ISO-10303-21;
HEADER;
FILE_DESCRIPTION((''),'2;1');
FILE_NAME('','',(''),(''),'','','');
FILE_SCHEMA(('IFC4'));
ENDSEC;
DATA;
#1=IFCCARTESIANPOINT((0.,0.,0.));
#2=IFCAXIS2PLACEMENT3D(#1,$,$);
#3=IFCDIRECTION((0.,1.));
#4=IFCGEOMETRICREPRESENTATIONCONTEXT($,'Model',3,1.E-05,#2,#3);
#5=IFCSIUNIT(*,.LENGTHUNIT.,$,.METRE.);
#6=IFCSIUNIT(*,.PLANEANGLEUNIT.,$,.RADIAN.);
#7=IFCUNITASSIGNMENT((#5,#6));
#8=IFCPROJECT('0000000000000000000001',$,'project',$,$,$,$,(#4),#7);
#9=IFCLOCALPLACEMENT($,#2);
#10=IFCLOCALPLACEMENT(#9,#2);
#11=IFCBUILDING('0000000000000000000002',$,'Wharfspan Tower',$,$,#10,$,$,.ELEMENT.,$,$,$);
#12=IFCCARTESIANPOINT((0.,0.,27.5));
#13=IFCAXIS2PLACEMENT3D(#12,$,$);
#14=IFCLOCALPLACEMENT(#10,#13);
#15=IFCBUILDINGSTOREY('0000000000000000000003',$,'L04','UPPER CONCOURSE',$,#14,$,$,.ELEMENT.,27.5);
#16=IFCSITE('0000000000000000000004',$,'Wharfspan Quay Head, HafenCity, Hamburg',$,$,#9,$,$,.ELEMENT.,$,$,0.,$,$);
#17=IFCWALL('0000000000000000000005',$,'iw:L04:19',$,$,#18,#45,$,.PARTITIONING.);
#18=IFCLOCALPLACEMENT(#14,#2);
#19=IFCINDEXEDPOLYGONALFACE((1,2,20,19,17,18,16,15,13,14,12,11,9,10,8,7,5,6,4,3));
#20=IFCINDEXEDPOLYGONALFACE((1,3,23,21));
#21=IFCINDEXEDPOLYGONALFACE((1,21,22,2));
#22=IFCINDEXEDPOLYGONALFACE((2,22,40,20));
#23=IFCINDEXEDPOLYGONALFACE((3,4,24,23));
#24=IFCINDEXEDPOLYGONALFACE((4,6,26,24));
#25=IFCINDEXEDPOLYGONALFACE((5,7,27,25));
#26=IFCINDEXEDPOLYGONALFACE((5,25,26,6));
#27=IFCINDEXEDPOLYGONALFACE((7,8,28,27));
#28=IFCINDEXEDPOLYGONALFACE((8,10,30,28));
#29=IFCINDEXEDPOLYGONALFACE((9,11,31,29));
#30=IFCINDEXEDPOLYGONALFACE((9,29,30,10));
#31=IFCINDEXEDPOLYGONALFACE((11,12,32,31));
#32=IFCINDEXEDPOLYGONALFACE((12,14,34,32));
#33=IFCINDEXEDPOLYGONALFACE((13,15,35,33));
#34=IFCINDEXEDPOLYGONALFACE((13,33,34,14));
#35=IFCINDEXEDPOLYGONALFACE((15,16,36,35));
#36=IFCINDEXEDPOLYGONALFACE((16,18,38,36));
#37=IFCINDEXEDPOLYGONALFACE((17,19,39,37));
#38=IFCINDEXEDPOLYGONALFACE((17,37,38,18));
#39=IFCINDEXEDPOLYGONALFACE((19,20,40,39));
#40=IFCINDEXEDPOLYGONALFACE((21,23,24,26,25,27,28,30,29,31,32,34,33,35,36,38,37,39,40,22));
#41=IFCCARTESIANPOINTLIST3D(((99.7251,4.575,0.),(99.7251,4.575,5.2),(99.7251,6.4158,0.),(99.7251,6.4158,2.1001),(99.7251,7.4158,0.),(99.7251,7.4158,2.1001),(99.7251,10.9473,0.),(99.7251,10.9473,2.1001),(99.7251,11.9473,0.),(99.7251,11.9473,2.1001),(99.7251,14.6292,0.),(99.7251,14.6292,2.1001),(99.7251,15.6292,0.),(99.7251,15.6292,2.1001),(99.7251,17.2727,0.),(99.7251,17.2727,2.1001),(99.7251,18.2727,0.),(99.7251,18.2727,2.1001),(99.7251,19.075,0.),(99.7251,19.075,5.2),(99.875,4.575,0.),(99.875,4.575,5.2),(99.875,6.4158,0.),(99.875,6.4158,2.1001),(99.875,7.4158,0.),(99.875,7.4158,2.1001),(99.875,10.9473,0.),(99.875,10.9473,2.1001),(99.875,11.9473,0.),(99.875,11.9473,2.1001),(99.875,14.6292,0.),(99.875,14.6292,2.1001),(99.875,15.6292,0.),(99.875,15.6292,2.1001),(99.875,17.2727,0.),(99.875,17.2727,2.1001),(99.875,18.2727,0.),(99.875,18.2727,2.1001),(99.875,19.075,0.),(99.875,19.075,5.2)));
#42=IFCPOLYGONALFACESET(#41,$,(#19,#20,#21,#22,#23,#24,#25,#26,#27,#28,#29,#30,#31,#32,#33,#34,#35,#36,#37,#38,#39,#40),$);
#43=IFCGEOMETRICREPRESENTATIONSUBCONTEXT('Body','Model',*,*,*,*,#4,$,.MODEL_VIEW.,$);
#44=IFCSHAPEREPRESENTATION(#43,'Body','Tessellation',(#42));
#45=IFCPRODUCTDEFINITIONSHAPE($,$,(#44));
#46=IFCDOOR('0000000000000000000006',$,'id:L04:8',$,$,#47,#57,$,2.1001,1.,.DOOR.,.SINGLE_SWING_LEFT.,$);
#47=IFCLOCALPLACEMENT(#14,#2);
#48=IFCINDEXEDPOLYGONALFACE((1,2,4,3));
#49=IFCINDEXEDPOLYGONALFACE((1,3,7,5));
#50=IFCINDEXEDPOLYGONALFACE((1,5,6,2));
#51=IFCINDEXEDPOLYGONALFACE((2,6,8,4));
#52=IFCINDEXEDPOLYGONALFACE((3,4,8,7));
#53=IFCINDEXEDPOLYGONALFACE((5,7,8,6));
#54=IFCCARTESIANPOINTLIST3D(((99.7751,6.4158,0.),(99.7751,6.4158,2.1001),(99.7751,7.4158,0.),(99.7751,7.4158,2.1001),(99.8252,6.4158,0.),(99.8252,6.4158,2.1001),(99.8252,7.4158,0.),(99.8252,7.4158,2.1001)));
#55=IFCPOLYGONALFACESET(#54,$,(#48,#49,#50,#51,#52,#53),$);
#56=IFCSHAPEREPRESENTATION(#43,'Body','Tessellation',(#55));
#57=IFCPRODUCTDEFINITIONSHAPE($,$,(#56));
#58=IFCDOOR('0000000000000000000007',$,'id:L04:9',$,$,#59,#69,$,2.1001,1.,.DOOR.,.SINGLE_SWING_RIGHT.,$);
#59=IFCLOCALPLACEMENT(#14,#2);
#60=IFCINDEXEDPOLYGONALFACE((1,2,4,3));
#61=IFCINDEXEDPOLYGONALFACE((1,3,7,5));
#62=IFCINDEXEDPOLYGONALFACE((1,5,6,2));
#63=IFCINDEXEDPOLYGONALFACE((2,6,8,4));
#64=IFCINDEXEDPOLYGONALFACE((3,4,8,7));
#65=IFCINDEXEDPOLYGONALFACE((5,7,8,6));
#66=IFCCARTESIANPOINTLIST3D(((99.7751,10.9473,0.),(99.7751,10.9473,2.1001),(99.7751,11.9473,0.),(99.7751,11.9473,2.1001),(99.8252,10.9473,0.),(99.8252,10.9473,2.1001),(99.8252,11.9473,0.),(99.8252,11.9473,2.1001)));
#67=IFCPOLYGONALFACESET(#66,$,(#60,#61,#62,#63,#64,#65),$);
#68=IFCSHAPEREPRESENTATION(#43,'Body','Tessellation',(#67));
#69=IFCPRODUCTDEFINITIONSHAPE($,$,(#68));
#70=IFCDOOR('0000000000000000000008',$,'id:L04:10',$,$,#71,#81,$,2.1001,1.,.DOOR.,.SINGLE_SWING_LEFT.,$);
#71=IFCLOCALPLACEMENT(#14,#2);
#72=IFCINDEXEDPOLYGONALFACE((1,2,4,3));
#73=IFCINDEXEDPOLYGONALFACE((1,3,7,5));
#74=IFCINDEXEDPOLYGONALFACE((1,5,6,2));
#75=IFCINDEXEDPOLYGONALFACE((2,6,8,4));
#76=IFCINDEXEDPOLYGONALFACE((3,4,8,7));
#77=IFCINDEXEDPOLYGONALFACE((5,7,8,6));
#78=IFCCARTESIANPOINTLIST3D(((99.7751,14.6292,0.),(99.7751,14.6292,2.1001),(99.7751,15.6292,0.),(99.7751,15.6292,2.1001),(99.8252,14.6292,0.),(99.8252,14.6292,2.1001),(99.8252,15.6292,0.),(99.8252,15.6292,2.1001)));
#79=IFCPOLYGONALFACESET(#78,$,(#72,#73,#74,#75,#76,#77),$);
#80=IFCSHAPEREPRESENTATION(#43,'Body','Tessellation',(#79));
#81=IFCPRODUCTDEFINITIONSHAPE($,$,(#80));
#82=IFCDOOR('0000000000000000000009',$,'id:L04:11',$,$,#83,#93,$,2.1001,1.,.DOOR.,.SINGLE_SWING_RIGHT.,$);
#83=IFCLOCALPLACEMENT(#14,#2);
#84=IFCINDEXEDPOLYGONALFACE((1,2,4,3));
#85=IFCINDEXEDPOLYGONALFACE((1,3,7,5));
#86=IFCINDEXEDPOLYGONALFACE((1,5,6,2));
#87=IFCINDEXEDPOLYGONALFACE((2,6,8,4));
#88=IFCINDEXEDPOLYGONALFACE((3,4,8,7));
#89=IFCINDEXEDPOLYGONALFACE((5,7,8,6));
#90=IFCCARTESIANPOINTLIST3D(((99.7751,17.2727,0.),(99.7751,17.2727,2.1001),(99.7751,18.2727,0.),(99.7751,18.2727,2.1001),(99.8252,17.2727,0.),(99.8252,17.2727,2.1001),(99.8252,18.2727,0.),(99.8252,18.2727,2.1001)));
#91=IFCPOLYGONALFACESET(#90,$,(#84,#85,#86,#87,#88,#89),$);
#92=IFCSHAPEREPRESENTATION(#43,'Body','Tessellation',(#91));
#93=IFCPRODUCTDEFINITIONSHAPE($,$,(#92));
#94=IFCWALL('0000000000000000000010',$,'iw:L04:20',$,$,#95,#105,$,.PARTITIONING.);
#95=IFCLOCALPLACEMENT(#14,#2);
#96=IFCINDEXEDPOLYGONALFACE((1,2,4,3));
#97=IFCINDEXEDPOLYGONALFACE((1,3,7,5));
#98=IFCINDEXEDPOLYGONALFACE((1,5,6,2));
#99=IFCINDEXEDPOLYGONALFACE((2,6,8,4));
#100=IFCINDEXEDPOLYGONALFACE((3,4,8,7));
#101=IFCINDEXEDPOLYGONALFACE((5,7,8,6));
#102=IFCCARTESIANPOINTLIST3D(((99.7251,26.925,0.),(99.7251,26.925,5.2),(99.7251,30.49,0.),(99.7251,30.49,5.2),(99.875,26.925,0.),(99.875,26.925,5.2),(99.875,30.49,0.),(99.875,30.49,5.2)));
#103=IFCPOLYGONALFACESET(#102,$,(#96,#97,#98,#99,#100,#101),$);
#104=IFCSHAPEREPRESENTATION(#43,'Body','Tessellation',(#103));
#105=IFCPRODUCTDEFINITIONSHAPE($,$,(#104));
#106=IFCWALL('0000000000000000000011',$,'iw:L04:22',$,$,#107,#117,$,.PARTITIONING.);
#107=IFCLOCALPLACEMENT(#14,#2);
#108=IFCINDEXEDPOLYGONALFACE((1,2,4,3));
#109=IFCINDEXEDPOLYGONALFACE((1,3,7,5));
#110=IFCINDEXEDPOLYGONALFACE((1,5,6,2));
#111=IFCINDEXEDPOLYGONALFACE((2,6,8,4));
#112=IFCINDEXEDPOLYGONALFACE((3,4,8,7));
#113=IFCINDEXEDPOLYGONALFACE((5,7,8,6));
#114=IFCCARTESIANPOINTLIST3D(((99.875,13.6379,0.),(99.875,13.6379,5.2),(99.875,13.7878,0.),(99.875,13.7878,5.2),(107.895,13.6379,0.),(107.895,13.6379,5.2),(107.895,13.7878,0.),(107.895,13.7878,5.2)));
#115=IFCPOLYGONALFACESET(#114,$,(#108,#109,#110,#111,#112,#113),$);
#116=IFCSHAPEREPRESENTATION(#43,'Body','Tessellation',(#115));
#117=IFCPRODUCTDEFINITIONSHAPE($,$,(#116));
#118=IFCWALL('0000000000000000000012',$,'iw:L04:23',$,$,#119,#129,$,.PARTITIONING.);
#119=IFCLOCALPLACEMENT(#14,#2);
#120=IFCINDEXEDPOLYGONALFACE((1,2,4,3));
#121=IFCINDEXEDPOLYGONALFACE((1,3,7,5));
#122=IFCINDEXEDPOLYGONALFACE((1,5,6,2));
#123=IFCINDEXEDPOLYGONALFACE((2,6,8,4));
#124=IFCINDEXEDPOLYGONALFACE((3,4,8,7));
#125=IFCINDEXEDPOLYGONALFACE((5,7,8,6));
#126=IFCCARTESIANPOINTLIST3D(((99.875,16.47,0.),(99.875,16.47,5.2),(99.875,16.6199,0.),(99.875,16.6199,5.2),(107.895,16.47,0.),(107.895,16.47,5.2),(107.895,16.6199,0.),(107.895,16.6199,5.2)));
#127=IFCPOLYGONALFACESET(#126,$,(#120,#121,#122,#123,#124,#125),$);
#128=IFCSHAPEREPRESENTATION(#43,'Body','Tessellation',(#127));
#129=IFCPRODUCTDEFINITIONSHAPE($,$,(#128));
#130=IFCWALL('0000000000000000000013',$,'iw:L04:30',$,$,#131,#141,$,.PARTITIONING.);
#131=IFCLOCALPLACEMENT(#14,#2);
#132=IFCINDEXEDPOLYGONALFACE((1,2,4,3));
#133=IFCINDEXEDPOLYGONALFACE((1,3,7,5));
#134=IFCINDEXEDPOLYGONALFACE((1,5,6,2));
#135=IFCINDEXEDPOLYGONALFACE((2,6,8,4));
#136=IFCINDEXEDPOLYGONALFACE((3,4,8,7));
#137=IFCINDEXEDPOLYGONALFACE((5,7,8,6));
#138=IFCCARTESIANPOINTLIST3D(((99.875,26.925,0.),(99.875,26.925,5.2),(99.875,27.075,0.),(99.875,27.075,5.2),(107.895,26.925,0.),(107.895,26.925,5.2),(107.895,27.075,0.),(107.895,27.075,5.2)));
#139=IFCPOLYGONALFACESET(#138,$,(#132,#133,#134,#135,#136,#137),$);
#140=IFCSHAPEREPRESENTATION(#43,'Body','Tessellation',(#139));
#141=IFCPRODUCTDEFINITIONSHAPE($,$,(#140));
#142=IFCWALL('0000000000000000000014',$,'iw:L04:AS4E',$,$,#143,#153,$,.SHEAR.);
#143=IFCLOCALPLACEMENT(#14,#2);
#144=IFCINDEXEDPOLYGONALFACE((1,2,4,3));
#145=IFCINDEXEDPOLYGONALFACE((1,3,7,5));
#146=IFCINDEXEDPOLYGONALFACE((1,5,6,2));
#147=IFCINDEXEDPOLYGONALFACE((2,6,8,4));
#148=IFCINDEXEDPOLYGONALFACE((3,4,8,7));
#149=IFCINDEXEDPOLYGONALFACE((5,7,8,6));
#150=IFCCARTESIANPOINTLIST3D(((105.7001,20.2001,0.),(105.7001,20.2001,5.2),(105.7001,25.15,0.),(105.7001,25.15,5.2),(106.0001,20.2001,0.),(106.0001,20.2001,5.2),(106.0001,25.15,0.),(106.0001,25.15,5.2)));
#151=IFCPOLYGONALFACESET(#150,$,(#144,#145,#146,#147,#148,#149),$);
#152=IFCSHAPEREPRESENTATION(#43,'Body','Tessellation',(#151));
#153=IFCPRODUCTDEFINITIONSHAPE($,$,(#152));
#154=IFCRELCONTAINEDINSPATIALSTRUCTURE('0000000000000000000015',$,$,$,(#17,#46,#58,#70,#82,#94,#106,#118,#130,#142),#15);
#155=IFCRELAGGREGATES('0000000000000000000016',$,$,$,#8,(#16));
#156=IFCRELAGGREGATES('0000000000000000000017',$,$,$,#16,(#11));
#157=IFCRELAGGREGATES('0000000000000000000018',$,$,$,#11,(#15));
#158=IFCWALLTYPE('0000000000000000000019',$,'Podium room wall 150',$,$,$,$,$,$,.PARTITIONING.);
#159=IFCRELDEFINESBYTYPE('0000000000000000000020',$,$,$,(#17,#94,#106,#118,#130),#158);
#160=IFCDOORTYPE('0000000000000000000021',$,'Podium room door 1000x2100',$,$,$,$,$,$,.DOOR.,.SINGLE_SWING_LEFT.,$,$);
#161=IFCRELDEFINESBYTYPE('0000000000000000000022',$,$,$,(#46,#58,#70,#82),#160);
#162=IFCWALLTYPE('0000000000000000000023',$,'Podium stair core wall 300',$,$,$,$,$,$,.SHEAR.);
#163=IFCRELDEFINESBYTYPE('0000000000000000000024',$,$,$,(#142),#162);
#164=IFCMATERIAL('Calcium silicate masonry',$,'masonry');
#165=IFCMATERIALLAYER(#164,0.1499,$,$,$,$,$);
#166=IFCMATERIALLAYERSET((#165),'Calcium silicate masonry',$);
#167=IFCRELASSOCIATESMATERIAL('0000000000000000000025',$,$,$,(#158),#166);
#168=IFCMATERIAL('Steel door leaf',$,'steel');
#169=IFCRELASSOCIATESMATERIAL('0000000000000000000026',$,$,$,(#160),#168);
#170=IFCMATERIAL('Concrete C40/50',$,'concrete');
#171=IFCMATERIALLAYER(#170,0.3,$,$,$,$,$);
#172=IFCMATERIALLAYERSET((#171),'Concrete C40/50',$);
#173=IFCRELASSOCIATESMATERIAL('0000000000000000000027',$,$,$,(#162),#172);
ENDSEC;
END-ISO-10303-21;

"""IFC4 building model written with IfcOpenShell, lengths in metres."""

from ifc_helpers import new_model, si_unit, direction, frame, frame_2d, origin, place, context, subcontext, project, spatial, rectangle, extrude, material, layer, layer_set, type_object, element, fill, save


model = new_model("IFC4")

# Units and contexts
model_context = context("Model", 3, precision=1e-05, world=origin(), true_north=direction((0.0, 1.0)))
body_context = subcontext(model_context, "Body", "Model", "MODEL_VIEW")
ifc_project = project(units=[si_unit("LENGTHUNIT", "METRE"), si_unit("PLANEANGLEUNIT", "RADIAN")], contexts=[model_context])

# Site, building, storey
site_placement = place(None, origin())
site = spatial("IfcSite", under=ifc_project, at=site_placement, Name="Wharfspan Quay Head, HafenCity, Hamburg", CompositionType="ELEMENT", RefElevation=0.0)
building_placement = place(site_placement, origin())
building = spatial("IfcBuilding", under=site, at=building_placement, Name="Wharfspan Tower", CompositionType="ELEMENT")
storey_placement = place(building_placement, frame((0.0, 0.0, 27.5)))
storey = spatial("IfcBuildingStorey", under=building, at=storey_placement, Name="L04", Description="UPPER CONCOURSE", CompositionType="ELEMENT", Elevation=27.5)

# Shared definitions
ifc_material_1 = material(Name="Calcium silicate masonry", Category="masonry")
ifc_layer_1 = layer(ifc_material_1, 0.1499)
ifc_layer_set_1 = layer_set([ifc_layer_1], Name="Calcium silicate masonry")
wall_type_1 = type_object("IfcWallType", Name="Podium room wall 150", PredefinedType="PARTITIONING", material=ifc_layer_set_1)

# Wall, openings, doors
wall_1_placement = place(storey_placement, frame((99.8, 4.575, 0.0), z_axis=(0.0, 0.0, 1.0), x_axis=(0.0, 1.0, 0.0)))
wall_1 = element("IfcWall", 1, at=wall_1_placement, inside=storey, type_object=wall_type_1, Name="iw:L04:19", PredefinedType="PARTITIONING", context=body_context, shape_type="SweptSolid", body=[
    extrude(rectangle(XDim=14.5, YDim=0.1499, at=frame_2d((7.25, 0.0))), origin(), (0.0, 0.0, 1.0), 5.2),
])
opening_1_placement = place(wall_1_placement, frame((1.8408, 0.0, 0.0)))
opening_1 = element("IfcOpeningElement", 2, at=opening_1_placement, cuts=wall_1, PredefinedType="OPENING", context=body_context, shape_type="SweptSolid", body=[
    extrude(rectangle(XDim=1.0, YDim=2.1001, at=frame_2d((0.5, 1.05))), frame((0.0, 0.085, 0.0), z_axis=(0.0, -1.0, 0.0), x_axis=(1.0, 0.0, 0.0)), (0.0, 0.0, 1.0), 0.1699),
])
opening_2_placement = place(wall_1_placement, frame((6.3723, 0.0, 0.0)))
opening_2 = element("IfcOpeningElement", 3, at=opening_2_placement, cuts=wall_1, PredefinedType="OPENING", context=body_context, shape_type="SweptSolid", body=[
    extrude(rectangle(XDim=1.0, YDim=2.1001, at=frame_2d((0.5, 1.05))), frame((0.0, 0.085, 0.0), z_axis=(0.0, -1.0, 0.0), x_axis=(1.0, 0.0, 0.0)), (0.0, 0.0, 1.0), 0.1699),
])
opening_3_placement = place(wall_1_placement, frame((10.0542, 0.0, 0.0)))
opening_3 = element("IfcOpeningElement", 4, at=opening_3_placement, cuts=wall_1, PredefinedType="OPENING", context=body_context, shape_type="SweptSolid", body=[
    extrude(rectangle(XDim=1.0, YDim=2.1001, at=frame_2d((0.5, 1.05))), frame((0.0, 0.085, 0.0), z_axis=(0.0, -1.0, 0.0), x_axis=(1.0, 0.0, 0.0)), (0.0, 0.0, 1.0), 0.1699),
])
opening_4_placement = place(wall_1_placement, frame((12.6978, 0.0, 0.0)))
opening_4 = element("IfcOpeningElement", 5, at=opening_4_placement, cuts=wall_1, PredefinedType="OPENING", context=body_context, shape_type="SweptSolid", body=[
    extrude(rectangle(XDim=1.0, YDim=2.1001, at=frame_2d((0.5, 1.05))), frame((0.0, 0.085, 0.0), z_axis=(0.0, -1.0, 0.0), x_axis=(1.0, 0.0, 0.0)), (0.0, 0.0, 1.0), 0.1699),
])
ifc_material_2 = material(Name="Steel door leaf", Category="steel")
door_type = type_object("IfcDoorType", Name="Podium room door 1000x2100", OperationType="SINGLE_SWING_LEFT", PredefinedType="DOOR", material=ifc_material_2)
door_1_placement = place(opening_1_placement, origin())
door_1 = element("IfcDoor", 6, at=door_1_placement, inside=storey, type_object=door_type, Name="id:L04:8", OperationType="SINGLE_SWING_LEFT", OverallHeight=2.1001, OverallWidth=1.0, PredefinedType="DOOR", context=body_context, shape_type="SweptSolid", body=[
    extrude(rectangle(XDim=1.0, YDim=2.1001, at=frame_2d((0.5, 1.05))), frame((0.0, 0.0249, 0.0), z_axis=(0.0, -1.0, 0.0), x_axis=(1.0, 0.0, 0.0)), (0.0, 0.0, 1.0), 0.05),
])
fill(opening_1, door_1)
door_2_placement = place(opening_2_placement, origin())
door_2 = element("IfcDoor", 7, at=door_2_placement, inside=storey, type_object=door_type, Name="id:L04:9", OperationType="SINGLE_SWING_RIGHT", OverallHeight=2.1001, OverallWidth=1.0, PredefinedType="DOOR", context=body_context, shape_type="SweptSolid", body=[
    extrude(rectangle(XDim=1.0, YDim=2.1001, at=frame_2d((0.5, 1.05))), frame((0.0, 0.0249, 0.0), z_axis=(0.0, -1.0, 0.0), x_axis=(1.0, 0.0, 0.0)), (0.0, 0.0, 1.0), 0.05),
])
fill(opening_2, door_2)
door_3_placement = place(opening_3_placement, origin())
door_3 = element("IfcDoor", 8, at=door_3_placement, inside=storey, type_object=door_type, Name="id:L04:10", OperationType="SINGLE_SWING_LEFT", OverallHeight=2.1001, OverallWidth=1.0, PredefinedType="DOOR", context=body_context, shape_type="SweptSolid", body=[
    extrude(rectangle(XDim=1.0, YDim=2.1001, at=frame_2d((0.5, 1.05))), frame((0.0, 0.0249, 0.0), z_axis=(0.0, -1.0, 0.0), x_axis=(1.0, 0.0, 0.0)), (0.0, 0.0, 1.0), 0.05),
])
fill(opening_3, door_3)
door_4_placement = place(opening_4_placement, origin())
door_4 = element("IfcDoor", 9, at=door_4_placement, inside=storey, type_object=door_type, Name="id:L04:11", OperationType="SINGLE_SWING_RIGHT", OverallHeight=2.1001, OverallWidth=1.0, PredefinedType="DOOR", context=body_context, shape_type="SweptSolid", body=[
    extrude(rectangle(XDim=1.0, YDim=2.1001, at=frame_2d((0.5, 1.05))), frame((0.0, 0.0249, 0.0), z_axis=(0.0, -1.0, 0.0), x_axis=(1.0, 0.0, 0.0)), (0.0, 0.0, 1.0), 0.05),
])
fill(opening_4, door_4)

# Walls
wall_2_placement = place(storey_placement, frame((99.8, 26.925, 0.0), z_axis=(0.0, 0.0, 1.0), x_axis=(0.0, 1.0, 0.0)))
element("IfcWall", 10, at=wall_2_placement, inside=storey, type_object=wall_type_1, Name="iw:L04:20", PredefinedType="PARTITIONING", context=body_context, shape_type="SweptSolid", body=[
    extrude(rectangle(XDim=3.5649, YDim=0.1499, at=frame_2d((1.7825, 0.0))), origin(), (0.0, 0.0, 1.0), 5.2),
])
for number, where, z_axis, x_axis, name in (
    (11, (99.875, 13.7129, 0.0), (0.0, 0.0, 1.0), (1.0, 0.0, 0.0), "iw:L04:22"),
    (12, (99.875, 16.5449, 0.0), (0.0, 0.0, 1.0), (1.0, 0.0, 0.0), "iw:L04:23"),
    (13, (99.875, 27.0, 0.0), (0.0, 0.0, 1.0), (1.0, 0.0, 0.0), "iw:L04:30"),
):
    element("IfcWall", number, at=place(storey_placement, frame(where, z_axis=z_axis, x_axis=x_axis)), inside=storey, type_object=wall_type_1, Name=name, PredefinedType="PARTITIONING", context=body_context, shape_type="SweptSolid", body=[
        extrude(rectangle(XDim=8.02, YDim=0.1499, at=frame_2d((4.01, 0.0))), origin(), (0.0, 0.0, 1.0), 5.2),
    ])
ifc_material_3 = material(Name="Concrete C40/50", Category="concrete")
ifc_layer_2 = layer(ifc_material_3, 0.3)
ifc_layer_set_2 = layer_set([ifc_layer_2], Name="Concrete C40/50")
wall_type_2 = type_object("IfcWallType", Name="Podium stair core wall 300", PredefinedType="SHEAR", material=ifc_layer_set_2)
wall_3_placement = place(storey_placement, frame((105.8501, 20.2, 0.0), z_axis=(0.0, 0.0, 1.0), x_axis=(0.0, 1.0, 0.0)))
element("IfcWall", 14, at=wall_3_placement, inside=storey, type_object=wall_type_2, Name="iw:L04:AS4E", PredefinedType="SHEAR", context=body_context, shape_type="SweptSolid", body=[
    extrude(rectangle(XDim=4.95, YDim=0.3, at=frame_2d((2.4751, 0.0))), origin(), (0.0, 0.0, 1.0), 5.2),
])

save(model, "model.ifc")
